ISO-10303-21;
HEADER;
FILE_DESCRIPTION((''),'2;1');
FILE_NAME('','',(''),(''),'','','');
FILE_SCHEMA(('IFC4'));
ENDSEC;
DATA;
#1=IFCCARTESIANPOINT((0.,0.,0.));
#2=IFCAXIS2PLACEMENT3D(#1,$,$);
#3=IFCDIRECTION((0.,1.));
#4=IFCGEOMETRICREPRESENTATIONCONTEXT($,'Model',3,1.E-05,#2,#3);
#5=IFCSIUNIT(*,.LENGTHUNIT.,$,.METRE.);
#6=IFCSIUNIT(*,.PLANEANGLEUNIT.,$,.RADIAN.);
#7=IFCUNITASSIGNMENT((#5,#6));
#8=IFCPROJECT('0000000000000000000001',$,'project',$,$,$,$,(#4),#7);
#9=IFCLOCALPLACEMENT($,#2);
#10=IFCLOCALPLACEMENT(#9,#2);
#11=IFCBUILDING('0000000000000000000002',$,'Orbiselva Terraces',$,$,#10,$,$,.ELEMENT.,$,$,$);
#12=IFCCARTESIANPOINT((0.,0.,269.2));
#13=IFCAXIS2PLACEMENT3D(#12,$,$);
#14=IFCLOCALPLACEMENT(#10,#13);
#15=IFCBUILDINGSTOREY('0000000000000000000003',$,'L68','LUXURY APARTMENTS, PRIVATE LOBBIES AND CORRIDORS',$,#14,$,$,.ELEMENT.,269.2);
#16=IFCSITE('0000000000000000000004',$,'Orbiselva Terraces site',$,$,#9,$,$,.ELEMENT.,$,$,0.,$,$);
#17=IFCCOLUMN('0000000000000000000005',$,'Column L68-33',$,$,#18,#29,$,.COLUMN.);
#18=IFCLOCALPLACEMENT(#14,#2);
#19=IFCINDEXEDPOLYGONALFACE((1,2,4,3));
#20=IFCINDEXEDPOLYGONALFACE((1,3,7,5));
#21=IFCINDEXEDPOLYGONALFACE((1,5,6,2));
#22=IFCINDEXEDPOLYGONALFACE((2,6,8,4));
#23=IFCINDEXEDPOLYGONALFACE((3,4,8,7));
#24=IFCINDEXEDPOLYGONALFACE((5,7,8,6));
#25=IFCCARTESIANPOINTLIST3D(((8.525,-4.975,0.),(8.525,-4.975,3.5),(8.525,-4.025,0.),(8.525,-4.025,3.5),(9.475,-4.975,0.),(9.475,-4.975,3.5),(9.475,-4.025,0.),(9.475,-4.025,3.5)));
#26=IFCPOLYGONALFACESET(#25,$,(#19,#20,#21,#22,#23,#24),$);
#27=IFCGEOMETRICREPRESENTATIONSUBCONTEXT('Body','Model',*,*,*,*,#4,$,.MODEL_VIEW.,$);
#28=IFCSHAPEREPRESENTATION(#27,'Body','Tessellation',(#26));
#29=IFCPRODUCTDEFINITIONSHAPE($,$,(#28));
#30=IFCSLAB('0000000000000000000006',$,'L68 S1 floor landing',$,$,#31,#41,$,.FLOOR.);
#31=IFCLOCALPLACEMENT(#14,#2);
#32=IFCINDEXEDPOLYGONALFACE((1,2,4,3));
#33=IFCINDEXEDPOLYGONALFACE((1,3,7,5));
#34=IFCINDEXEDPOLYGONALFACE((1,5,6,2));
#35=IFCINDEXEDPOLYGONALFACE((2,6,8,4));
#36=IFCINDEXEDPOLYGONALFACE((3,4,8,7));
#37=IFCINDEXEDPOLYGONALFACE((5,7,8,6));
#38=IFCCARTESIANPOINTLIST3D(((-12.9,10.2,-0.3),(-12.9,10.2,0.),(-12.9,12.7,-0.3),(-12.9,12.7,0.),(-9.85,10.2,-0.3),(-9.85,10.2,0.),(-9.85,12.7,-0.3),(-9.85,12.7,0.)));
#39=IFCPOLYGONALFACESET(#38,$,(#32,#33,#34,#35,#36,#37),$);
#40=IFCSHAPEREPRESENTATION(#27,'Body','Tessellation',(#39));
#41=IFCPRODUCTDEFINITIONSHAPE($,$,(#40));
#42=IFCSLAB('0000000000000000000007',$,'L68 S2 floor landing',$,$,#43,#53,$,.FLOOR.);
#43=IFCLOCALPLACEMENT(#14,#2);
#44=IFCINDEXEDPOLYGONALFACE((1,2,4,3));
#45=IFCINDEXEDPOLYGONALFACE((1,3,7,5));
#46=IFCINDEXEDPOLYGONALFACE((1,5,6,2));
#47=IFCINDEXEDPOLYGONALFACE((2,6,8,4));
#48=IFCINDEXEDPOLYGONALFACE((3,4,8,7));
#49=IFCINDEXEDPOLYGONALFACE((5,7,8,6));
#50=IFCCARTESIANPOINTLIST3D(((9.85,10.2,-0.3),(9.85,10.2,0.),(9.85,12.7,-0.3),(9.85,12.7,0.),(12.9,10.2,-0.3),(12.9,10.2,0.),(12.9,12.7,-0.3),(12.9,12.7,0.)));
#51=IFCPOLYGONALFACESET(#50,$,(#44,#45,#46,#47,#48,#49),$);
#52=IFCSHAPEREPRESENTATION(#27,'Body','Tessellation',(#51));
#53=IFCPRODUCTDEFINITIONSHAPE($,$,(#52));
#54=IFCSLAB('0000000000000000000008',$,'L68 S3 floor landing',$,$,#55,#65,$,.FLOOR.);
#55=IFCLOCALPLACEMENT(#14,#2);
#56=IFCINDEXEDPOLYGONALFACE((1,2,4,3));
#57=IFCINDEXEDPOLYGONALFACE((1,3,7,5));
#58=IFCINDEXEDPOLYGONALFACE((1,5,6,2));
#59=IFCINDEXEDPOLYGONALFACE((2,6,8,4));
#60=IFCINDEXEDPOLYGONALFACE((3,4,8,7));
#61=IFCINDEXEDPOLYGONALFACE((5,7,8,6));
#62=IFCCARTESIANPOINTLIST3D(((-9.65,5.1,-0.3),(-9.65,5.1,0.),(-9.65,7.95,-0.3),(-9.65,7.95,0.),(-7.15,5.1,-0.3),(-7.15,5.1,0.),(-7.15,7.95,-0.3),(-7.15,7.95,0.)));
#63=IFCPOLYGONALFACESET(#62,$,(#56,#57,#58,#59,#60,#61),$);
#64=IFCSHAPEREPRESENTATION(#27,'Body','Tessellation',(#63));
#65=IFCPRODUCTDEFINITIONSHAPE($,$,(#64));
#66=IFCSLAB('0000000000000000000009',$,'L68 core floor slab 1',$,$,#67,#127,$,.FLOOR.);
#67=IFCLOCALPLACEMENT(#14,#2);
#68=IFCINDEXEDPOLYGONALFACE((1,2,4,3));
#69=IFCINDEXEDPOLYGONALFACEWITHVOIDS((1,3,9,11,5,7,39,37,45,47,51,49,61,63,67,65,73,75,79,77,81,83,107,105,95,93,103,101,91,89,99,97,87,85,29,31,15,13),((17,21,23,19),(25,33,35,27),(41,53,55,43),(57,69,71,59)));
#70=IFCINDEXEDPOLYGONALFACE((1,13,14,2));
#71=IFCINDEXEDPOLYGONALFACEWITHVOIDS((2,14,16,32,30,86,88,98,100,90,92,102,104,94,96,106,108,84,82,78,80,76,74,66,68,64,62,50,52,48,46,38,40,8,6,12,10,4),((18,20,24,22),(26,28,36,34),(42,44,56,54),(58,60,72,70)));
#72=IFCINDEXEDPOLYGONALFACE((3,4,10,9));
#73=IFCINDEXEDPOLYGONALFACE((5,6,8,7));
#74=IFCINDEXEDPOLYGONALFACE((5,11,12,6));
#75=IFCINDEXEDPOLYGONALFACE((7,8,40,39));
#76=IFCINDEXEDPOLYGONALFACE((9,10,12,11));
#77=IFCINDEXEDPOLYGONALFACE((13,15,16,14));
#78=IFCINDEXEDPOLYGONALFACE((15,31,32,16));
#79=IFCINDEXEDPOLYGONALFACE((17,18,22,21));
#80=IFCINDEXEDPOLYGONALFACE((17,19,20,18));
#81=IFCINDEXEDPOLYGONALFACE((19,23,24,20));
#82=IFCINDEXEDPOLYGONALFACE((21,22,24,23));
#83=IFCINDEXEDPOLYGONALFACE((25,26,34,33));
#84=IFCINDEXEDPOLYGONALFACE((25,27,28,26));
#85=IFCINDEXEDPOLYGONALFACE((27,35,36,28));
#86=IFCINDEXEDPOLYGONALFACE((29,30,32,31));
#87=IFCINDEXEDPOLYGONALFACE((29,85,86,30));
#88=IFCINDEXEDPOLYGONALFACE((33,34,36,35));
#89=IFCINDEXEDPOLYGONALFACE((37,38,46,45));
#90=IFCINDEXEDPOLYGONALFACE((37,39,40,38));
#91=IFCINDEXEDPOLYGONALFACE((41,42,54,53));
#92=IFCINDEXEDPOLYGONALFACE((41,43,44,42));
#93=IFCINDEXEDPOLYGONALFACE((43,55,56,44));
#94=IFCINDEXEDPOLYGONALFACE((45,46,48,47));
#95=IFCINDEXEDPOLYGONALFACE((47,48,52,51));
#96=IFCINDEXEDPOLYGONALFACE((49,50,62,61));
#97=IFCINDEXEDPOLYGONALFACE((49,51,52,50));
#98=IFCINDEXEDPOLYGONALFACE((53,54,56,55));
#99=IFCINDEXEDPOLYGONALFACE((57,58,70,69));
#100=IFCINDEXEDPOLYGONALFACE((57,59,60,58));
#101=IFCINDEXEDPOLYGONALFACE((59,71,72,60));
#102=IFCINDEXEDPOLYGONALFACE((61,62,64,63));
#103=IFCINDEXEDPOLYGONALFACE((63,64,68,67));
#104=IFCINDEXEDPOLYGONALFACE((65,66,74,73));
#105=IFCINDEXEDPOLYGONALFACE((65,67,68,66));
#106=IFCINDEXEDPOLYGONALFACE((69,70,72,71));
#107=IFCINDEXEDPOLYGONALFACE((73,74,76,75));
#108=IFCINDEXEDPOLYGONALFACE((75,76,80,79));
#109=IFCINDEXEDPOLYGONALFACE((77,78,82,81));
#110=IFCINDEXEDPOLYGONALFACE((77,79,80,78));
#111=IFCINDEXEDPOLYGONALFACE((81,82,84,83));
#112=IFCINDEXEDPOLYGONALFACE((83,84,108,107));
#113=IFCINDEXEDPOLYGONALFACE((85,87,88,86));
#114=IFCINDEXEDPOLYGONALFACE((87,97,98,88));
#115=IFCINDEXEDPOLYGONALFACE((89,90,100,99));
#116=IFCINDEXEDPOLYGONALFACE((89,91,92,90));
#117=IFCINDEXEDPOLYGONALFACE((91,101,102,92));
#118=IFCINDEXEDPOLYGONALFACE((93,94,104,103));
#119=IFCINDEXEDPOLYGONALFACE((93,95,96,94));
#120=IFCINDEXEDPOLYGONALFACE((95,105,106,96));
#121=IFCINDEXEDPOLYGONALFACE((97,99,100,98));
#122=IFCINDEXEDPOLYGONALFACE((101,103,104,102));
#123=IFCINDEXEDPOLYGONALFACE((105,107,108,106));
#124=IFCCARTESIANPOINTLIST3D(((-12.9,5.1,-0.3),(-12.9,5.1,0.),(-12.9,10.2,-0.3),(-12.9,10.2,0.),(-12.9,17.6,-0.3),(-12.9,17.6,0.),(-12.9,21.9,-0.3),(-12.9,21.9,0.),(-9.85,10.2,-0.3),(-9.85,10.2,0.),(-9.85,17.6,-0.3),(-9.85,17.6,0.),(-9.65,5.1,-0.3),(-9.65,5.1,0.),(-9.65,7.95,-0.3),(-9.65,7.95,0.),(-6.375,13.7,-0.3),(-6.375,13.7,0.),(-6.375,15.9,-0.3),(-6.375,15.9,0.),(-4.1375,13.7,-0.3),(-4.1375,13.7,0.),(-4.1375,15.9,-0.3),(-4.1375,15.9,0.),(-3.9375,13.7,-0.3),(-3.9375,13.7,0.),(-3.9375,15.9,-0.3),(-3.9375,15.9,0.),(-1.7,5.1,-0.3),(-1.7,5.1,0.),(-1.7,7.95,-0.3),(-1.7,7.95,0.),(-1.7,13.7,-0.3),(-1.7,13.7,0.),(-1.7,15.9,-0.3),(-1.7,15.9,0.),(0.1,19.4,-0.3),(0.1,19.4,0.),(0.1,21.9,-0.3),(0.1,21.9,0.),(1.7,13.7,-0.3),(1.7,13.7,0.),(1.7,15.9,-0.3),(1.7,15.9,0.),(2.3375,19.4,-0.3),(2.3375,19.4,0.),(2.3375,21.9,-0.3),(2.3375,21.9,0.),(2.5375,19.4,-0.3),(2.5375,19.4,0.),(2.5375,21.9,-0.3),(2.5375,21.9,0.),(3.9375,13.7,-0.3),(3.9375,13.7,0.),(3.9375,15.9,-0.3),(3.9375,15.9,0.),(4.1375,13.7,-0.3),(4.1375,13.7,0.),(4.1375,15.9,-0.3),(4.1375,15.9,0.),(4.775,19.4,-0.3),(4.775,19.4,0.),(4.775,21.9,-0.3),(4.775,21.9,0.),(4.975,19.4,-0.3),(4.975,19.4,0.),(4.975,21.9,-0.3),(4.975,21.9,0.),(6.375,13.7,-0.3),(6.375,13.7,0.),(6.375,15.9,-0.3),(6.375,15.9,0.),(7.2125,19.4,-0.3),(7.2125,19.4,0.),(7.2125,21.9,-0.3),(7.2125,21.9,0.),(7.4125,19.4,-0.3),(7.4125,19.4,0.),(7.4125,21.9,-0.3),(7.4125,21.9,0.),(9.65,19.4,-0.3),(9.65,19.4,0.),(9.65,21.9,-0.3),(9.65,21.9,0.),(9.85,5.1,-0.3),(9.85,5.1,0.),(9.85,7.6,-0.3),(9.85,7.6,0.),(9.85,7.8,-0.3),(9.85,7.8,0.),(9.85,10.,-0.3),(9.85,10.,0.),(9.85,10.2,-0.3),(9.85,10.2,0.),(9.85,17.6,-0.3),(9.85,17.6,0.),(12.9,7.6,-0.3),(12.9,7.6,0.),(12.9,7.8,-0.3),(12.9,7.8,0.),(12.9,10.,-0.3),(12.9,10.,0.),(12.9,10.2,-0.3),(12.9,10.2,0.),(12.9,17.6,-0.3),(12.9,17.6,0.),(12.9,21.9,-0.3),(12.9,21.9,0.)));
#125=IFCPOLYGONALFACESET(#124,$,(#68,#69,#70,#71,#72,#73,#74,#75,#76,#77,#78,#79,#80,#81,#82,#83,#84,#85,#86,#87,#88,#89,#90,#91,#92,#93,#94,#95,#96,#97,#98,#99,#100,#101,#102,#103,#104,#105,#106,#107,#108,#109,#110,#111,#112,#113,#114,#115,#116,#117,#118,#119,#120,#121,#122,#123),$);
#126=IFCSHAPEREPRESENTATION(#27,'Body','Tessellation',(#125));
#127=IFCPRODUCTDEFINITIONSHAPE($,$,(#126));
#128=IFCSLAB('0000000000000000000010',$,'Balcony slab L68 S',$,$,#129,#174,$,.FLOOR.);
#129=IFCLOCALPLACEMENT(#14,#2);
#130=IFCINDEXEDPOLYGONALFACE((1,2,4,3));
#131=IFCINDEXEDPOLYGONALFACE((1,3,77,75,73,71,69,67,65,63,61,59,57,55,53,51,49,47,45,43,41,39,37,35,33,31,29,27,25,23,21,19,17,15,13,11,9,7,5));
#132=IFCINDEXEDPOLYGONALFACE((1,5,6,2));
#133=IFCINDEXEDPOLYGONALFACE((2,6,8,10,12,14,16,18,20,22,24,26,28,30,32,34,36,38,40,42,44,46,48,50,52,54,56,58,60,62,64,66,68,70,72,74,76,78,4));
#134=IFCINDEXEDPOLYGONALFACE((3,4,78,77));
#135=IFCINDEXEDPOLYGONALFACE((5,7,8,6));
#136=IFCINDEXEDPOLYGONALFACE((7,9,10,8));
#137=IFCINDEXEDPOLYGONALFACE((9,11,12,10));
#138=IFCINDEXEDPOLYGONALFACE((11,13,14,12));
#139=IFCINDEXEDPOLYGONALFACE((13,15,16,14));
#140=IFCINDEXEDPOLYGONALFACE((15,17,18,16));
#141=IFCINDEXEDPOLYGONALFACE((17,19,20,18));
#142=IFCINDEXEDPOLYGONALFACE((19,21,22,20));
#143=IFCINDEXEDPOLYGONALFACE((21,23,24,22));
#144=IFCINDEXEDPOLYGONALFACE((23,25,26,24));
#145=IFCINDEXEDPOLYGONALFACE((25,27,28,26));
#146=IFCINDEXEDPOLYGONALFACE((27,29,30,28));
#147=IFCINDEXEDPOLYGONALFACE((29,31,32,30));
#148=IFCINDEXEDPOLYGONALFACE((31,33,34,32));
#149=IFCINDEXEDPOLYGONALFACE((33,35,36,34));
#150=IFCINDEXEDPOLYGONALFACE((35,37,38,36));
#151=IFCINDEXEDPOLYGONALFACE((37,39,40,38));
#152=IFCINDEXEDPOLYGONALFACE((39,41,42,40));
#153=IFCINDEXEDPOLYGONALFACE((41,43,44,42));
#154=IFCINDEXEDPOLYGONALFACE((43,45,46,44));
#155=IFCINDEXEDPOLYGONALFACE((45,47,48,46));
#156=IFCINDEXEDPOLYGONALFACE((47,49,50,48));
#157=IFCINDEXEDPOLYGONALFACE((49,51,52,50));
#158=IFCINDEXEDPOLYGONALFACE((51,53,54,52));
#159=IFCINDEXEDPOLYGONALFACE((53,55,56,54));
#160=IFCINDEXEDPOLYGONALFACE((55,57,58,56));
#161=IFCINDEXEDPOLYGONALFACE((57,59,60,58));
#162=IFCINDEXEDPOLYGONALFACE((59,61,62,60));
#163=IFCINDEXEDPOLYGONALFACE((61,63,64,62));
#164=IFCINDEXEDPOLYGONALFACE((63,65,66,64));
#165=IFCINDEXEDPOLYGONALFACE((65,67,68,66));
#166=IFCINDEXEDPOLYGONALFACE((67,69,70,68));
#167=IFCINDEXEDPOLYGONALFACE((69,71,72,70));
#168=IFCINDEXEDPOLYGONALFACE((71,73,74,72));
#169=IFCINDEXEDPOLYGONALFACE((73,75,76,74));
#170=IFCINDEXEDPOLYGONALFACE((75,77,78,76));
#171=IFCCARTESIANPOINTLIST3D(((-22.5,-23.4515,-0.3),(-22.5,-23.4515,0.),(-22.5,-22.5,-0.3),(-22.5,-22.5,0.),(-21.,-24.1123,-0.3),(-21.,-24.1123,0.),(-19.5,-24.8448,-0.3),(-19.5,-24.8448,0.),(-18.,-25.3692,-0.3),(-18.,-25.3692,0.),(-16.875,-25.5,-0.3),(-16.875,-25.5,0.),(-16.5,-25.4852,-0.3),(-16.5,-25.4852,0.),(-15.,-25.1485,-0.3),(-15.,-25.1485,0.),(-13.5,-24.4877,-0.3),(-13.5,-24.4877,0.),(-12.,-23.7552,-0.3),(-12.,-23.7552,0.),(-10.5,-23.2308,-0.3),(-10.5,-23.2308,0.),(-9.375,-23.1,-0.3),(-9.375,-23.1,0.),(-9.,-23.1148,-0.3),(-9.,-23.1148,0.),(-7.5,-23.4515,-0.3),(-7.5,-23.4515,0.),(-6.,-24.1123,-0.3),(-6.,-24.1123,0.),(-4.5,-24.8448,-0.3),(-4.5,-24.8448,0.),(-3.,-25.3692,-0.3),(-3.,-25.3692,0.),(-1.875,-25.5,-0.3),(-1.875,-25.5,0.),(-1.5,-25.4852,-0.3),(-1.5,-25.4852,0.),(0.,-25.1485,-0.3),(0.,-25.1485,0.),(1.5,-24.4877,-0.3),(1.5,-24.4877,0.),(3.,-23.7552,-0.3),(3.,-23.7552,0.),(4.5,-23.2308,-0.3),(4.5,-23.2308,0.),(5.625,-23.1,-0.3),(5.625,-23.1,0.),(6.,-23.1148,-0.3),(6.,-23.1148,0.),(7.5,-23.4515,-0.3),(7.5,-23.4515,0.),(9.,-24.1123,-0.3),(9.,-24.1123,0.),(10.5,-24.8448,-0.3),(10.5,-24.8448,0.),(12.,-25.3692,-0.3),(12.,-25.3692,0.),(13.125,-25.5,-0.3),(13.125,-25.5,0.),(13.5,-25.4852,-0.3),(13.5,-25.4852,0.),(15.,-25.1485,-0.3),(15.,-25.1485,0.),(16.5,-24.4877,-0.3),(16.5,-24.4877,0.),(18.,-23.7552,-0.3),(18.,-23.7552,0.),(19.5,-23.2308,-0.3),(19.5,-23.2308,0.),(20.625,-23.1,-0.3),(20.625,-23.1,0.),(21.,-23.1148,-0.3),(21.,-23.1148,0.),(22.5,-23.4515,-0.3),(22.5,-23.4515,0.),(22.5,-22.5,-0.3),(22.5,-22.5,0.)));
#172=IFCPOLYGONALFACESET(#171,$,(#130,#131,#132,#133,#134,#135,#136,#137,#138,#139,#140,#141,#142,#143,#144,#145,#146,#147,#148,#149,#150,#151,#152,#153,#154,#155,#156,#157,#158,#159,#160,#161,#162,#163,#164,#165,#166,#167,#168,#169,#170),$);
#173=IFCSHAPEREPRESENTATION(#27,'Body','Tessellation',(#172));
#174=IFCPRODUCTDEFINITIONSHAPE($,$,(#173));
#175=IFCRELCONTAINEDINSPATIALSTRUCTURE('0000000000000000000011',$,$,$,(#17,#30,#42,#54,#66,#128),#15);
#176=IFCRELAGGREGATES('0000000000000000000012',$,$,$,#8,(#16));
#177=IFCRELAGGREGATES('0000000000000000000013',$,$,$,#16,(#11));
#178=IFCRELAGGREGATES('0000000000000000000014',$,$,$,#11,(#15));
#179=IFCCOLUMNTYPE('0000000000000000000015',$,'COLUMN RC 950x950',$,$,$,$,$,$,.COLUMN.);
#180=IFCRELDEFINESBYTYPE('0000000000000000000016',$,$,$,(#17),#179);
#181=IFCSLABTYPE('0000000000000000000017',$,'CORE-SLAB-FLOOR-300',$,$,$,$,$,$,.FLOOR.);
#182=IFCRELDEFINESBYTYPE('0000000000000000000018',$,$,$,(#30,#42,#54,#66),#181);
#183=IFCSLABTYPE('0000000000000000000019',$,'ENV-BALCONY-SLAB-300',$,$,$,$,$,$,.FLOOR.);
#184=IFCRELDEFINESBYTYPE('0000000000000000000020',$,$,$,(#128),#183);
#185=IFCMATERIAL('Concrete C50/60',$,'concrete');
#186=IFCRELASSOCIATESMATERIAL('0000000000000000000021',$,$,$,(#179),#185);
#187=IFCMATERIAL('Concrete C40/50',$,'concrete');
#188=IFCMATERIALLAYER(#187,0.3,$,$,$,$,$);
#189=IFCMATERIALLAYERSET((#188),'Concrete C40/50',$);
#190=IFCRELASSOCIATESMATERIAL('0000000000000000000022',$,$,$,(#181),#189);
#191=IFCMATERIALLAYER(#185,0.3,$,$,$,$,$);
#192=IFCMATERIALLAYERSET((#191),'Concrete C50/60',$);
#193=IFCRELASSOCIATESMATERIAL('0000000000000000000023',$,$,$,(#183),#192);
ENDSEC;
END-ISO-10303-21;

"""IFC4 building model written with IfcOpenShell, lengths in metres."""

from ifc_helpers import new_model, si_unit, direction, frame, origin, origin_2d, place, context, subcontext, project, spatial, polyline, rectangle, outline, extrude, material, layer, layer_set, material_profile, profile_set, type_object, element, save


model = new_model("IFC4")

# Units and contexts
model_context = context("Model", 3, precision=1e-05, world=origin(), true_north=direction((0.0, 1.0)))
body_context = subcontext(model_context, "Body", "Model", "MODEL_VIEW")
ifc_project = project(units=[si_unit("LENGTHUNIT", "METRE"), si_unit("PLANEANGLEUNIT", "RADIAN")], contexts=[model_context])

# Site, building, storey
site_placement = place(None, origin())
site = spatial("IfcSite", under=ifc_project, at=site_placement, Name="Orbiselva Terraces site", CompositionType="ELEMENT", RefElevation=0.0)
building_placement = place(site_placement, origin())
building = spatial("IfcBuilding", under=site, at=building_placement, Name="Orbiselva Terraces", CompositionType="ELEMENT")
storey_placement = place(building_placement, frame((0.0, 0.0, 269.2)))
storey = spatial("IfcBuildingStorey", under=building, at=storey_placement, Name="L68", Description="LUXURY APARTMENTS, PRIVATE LOBBIES AND CORRIDORS", CompositionType="ELEMENT", Elevation=269.2)

# Column
ifc_material_1 = material(Name="Concrete C50/60", Category="concrete")
ifc_material_profile = material_profile(ifc_material_1, rectangle(XDim=0.95, YDim=0.95, at=origin_2d()), Name="RC 950x950")
ifc_profile_set = profile_set([ifc_material_profile], Name="Concrete C50/60")
column_type = type_object("IfcColumnType", Name="COLUMN RC 950x950", PredefinedType="COLUMN", material=ifc_profile_set)
column_placement = place(storey_placement, frame((9.0, -4.5, 0.0), z_axis=(0.0, 0.0, 1.0), x_axis=(1.0, 0.0, 0.0)))
element("IfcColumn", 1, at=column_placement, inside=storey, type_object=column_type, Name="Column L68-33", PredefinedType="COLUMN", context=body_context, shape_type="SweptSolid", body=[
    extrude(rectangle(XDim=0.95, YDim=0.95, at=origin_2d()), origin(), (0.0, 0.0, 1.0), 3.5),
])

# Slabs
ifc_material_2 = material(Name="Concrete C40/50", Category="concrete")
ifc_layer_1 = layer(ifc_material_2, 0.3)
ifc_layer_set_1 = layer_set([ifc_layer_1], Name="Concrete C40/50")
slab_type_1 = type_object("IfcSlabType", Name="CORE-SLAB-FLOOR-300", PredefinedType="FLOOR", material=ifc_layer_set_1)
slab_1_placement = place(storey_placement, frame((0.0, 0.0, -0.3)))
element("IfcSlab", 2, at=slab_1_placement, inside=storey, type_object=slab_type_1, Name="L68 S1 floor landing", PredefinedType="FLOOR", context=body_context, shape_type="SweptSolid", body=[
    extrude(outline(polyline([(-12.9, 12.7), (-9.85, 12.7), (-9.85, 10.2), (-12.9, 10.2), (-12.9, 12.7)])), origin(), (0.0, 0.0, 1.0), 0.3),
])
slab_2_placement = place(storey_placement, frame((0.0, 0.0, -0.3)))
element("IfcSlab", 3, at=slab_2_placement, inside=storey, type_object=slab_type_1, Name="L68 S2 floor landing", PredefinedType="FLOOR", context=body_context, shape_type="SweptSolid", body=[
    extrude(outline(polyline([(12.9, 12.7), (12.9, 10.2), (9.85, 10.2), (9.85, 12.7), (12.9, 12.7)])), origin(), (0.0, 0.0, 1.0), 0.3),
])
slab_3_placement = place(storey_placement, frame((0.0, 0.0, -0.3)))
element("IfcSlab", 4, at=slab_3_placement, inside=storey, type_object=slab_type_1, Name="L68 S3 floor landing", PredefinedType="FLOOR", context=body_context, shape_type="SweptSolid", body=[
    extrude(outline(polyline([(-7.15, 5.1), (-9.65, 5.1), (-9.65, 7.95), (-7.15, 7.95), (-7.15, 5.1)])), origin(), (0.0, 0.0, 1.0), 0.3),
])
slab_4_placement = place(storey_placement, frame((0.0, 0.0, -0.3)))
element("IfcSlab", 5, at=slab_4_placement, inside=storey, type_object=slab_type_1, Name="L68 core floor slab 1", PredefinedType="FLOOR", context=body_context, shape_type="SweptSolid", body=[
    extrude(outline(polyline([(-1.7, 5.1), (-1.7, 7.95), (-9.65, 7.95), (-9.65, 5.1), (-12.9, 5.1), (-12.9, 10.2), (-9.85, 10.2), (-9.85, 17.6), (-12.9, 17.6), (-12.9, 21.9), (0.1, 21.9), (0.1, 19.4), (2.3375, 19.4), (2.3375, 21.9), (2.5375, 21.9), (2.5375, 19.4), (4.775, 19.4), (4.775, 21.9), (4.975, 21.9), (4.975, 19.4), (7.2125, 19.4), (7.2125, 21.9), (7.4125, 21.9), (7.4125, 19.4), (9.65, 19.4), (9.65, 21.9), (12.9, 21.9), (12.9, 17.6), (9.85, 17.6), (9.85, 10.2), (12.9, 10.2), (12.9, 10.0), (9.85, 10.0), (9.85, 7.8), (12.9, 7.8), (12.9, 7.6), (9.85, 7.6), (9.85, 5.1), (-1.7, 5.1)]), holes=[polyline([(-4.1375, 13.7), (-4.1375, 15.9), (-6.375, 15.9), (-6.375, 13.7), (-4.1375, 13.7)]), polyline([(-1.7, 13.7), (-1.7, 15.9), (-3.9375, 15.9), (-3.9375, 13.7), (-1.7, 13.7)]), polyline([(3.9375, 15.9), (1.7, 15.9), (1.7, 13.7), (3.9375, 13.7), (3.9375, 15.9)]), polyline([(6.375, 13.7), (6.375, 15.9), (4.1375, 15.9), (4.1375, 13.7), (6.375, 13.7)])]), origin(), (0.0, 0.0, 1.0), 0.3),
])
ifc_layer_2 = layer(ifc_material_1, 0.3)
ifc_layer_set_2 = layer_set([ifc_layer_2], Name="Concrete C50/60")
slab_type_2 = type_object("IfcSlabType", Name="ENV-BALCONY-SLAB-300", PredefinedType="FLOOR", material=ifc_layer_set_2)
slab_5_placement = place(storey_placement, frame((0.0, 0.0, -0.3)))
element("IfcSlab", 6, at=slab_5_placement, inside=storey, type_object=slab_type_2, Name="Balcony slab L68 S", PredefinedType="FLOOR", context=body_context, shape_type="SweptSolid", body=[
    extrude(outline(polyline([(-22.5, -23.4515), (-21.0, -24.1123), (-19.5, -24.8448), (-18.0, -25.3692), (-16.875, -25.5), (-16.5, -25.4852), (-15.0, -25.1485), (-13.5, -24.4877), (-12.0, -23.7552), (-10.5, -23.2308), (-9.375, -23.1), (-9.0, -23.1148), (-7.5, -23.4515), (-6.0, -24.1123), (-4.5, -24.8448), (-3.0, -25.3692), (-1.875, -25.5), (-1.5, -25.4852), (0.0, -25.1485), (1.5, -24.4877), (3.0, -23.7552), (4.5, -23.2308), (5.625, -23.1), (6.0, -23.1148), (7.5, -23.4515), (9.0, -24.1123), (10.5, -24.8448), (12.0, -25.3692), (13.125, -25.5), (13.5, -25.4852), (15.0, -25.1485), (16.5, -24.4877), (18.0, -23.7552), (19.5, -23.2308), (20.625, -23.1), (21.0, -23.1148), (22.5, -23.4515), (22.5, -22.5), (-22.5, -22.5), (-22.5, -23.4515)])), origin(), (0.0, 0.0, 1.0), 0.3),
])

save(model, "model.ifc")
